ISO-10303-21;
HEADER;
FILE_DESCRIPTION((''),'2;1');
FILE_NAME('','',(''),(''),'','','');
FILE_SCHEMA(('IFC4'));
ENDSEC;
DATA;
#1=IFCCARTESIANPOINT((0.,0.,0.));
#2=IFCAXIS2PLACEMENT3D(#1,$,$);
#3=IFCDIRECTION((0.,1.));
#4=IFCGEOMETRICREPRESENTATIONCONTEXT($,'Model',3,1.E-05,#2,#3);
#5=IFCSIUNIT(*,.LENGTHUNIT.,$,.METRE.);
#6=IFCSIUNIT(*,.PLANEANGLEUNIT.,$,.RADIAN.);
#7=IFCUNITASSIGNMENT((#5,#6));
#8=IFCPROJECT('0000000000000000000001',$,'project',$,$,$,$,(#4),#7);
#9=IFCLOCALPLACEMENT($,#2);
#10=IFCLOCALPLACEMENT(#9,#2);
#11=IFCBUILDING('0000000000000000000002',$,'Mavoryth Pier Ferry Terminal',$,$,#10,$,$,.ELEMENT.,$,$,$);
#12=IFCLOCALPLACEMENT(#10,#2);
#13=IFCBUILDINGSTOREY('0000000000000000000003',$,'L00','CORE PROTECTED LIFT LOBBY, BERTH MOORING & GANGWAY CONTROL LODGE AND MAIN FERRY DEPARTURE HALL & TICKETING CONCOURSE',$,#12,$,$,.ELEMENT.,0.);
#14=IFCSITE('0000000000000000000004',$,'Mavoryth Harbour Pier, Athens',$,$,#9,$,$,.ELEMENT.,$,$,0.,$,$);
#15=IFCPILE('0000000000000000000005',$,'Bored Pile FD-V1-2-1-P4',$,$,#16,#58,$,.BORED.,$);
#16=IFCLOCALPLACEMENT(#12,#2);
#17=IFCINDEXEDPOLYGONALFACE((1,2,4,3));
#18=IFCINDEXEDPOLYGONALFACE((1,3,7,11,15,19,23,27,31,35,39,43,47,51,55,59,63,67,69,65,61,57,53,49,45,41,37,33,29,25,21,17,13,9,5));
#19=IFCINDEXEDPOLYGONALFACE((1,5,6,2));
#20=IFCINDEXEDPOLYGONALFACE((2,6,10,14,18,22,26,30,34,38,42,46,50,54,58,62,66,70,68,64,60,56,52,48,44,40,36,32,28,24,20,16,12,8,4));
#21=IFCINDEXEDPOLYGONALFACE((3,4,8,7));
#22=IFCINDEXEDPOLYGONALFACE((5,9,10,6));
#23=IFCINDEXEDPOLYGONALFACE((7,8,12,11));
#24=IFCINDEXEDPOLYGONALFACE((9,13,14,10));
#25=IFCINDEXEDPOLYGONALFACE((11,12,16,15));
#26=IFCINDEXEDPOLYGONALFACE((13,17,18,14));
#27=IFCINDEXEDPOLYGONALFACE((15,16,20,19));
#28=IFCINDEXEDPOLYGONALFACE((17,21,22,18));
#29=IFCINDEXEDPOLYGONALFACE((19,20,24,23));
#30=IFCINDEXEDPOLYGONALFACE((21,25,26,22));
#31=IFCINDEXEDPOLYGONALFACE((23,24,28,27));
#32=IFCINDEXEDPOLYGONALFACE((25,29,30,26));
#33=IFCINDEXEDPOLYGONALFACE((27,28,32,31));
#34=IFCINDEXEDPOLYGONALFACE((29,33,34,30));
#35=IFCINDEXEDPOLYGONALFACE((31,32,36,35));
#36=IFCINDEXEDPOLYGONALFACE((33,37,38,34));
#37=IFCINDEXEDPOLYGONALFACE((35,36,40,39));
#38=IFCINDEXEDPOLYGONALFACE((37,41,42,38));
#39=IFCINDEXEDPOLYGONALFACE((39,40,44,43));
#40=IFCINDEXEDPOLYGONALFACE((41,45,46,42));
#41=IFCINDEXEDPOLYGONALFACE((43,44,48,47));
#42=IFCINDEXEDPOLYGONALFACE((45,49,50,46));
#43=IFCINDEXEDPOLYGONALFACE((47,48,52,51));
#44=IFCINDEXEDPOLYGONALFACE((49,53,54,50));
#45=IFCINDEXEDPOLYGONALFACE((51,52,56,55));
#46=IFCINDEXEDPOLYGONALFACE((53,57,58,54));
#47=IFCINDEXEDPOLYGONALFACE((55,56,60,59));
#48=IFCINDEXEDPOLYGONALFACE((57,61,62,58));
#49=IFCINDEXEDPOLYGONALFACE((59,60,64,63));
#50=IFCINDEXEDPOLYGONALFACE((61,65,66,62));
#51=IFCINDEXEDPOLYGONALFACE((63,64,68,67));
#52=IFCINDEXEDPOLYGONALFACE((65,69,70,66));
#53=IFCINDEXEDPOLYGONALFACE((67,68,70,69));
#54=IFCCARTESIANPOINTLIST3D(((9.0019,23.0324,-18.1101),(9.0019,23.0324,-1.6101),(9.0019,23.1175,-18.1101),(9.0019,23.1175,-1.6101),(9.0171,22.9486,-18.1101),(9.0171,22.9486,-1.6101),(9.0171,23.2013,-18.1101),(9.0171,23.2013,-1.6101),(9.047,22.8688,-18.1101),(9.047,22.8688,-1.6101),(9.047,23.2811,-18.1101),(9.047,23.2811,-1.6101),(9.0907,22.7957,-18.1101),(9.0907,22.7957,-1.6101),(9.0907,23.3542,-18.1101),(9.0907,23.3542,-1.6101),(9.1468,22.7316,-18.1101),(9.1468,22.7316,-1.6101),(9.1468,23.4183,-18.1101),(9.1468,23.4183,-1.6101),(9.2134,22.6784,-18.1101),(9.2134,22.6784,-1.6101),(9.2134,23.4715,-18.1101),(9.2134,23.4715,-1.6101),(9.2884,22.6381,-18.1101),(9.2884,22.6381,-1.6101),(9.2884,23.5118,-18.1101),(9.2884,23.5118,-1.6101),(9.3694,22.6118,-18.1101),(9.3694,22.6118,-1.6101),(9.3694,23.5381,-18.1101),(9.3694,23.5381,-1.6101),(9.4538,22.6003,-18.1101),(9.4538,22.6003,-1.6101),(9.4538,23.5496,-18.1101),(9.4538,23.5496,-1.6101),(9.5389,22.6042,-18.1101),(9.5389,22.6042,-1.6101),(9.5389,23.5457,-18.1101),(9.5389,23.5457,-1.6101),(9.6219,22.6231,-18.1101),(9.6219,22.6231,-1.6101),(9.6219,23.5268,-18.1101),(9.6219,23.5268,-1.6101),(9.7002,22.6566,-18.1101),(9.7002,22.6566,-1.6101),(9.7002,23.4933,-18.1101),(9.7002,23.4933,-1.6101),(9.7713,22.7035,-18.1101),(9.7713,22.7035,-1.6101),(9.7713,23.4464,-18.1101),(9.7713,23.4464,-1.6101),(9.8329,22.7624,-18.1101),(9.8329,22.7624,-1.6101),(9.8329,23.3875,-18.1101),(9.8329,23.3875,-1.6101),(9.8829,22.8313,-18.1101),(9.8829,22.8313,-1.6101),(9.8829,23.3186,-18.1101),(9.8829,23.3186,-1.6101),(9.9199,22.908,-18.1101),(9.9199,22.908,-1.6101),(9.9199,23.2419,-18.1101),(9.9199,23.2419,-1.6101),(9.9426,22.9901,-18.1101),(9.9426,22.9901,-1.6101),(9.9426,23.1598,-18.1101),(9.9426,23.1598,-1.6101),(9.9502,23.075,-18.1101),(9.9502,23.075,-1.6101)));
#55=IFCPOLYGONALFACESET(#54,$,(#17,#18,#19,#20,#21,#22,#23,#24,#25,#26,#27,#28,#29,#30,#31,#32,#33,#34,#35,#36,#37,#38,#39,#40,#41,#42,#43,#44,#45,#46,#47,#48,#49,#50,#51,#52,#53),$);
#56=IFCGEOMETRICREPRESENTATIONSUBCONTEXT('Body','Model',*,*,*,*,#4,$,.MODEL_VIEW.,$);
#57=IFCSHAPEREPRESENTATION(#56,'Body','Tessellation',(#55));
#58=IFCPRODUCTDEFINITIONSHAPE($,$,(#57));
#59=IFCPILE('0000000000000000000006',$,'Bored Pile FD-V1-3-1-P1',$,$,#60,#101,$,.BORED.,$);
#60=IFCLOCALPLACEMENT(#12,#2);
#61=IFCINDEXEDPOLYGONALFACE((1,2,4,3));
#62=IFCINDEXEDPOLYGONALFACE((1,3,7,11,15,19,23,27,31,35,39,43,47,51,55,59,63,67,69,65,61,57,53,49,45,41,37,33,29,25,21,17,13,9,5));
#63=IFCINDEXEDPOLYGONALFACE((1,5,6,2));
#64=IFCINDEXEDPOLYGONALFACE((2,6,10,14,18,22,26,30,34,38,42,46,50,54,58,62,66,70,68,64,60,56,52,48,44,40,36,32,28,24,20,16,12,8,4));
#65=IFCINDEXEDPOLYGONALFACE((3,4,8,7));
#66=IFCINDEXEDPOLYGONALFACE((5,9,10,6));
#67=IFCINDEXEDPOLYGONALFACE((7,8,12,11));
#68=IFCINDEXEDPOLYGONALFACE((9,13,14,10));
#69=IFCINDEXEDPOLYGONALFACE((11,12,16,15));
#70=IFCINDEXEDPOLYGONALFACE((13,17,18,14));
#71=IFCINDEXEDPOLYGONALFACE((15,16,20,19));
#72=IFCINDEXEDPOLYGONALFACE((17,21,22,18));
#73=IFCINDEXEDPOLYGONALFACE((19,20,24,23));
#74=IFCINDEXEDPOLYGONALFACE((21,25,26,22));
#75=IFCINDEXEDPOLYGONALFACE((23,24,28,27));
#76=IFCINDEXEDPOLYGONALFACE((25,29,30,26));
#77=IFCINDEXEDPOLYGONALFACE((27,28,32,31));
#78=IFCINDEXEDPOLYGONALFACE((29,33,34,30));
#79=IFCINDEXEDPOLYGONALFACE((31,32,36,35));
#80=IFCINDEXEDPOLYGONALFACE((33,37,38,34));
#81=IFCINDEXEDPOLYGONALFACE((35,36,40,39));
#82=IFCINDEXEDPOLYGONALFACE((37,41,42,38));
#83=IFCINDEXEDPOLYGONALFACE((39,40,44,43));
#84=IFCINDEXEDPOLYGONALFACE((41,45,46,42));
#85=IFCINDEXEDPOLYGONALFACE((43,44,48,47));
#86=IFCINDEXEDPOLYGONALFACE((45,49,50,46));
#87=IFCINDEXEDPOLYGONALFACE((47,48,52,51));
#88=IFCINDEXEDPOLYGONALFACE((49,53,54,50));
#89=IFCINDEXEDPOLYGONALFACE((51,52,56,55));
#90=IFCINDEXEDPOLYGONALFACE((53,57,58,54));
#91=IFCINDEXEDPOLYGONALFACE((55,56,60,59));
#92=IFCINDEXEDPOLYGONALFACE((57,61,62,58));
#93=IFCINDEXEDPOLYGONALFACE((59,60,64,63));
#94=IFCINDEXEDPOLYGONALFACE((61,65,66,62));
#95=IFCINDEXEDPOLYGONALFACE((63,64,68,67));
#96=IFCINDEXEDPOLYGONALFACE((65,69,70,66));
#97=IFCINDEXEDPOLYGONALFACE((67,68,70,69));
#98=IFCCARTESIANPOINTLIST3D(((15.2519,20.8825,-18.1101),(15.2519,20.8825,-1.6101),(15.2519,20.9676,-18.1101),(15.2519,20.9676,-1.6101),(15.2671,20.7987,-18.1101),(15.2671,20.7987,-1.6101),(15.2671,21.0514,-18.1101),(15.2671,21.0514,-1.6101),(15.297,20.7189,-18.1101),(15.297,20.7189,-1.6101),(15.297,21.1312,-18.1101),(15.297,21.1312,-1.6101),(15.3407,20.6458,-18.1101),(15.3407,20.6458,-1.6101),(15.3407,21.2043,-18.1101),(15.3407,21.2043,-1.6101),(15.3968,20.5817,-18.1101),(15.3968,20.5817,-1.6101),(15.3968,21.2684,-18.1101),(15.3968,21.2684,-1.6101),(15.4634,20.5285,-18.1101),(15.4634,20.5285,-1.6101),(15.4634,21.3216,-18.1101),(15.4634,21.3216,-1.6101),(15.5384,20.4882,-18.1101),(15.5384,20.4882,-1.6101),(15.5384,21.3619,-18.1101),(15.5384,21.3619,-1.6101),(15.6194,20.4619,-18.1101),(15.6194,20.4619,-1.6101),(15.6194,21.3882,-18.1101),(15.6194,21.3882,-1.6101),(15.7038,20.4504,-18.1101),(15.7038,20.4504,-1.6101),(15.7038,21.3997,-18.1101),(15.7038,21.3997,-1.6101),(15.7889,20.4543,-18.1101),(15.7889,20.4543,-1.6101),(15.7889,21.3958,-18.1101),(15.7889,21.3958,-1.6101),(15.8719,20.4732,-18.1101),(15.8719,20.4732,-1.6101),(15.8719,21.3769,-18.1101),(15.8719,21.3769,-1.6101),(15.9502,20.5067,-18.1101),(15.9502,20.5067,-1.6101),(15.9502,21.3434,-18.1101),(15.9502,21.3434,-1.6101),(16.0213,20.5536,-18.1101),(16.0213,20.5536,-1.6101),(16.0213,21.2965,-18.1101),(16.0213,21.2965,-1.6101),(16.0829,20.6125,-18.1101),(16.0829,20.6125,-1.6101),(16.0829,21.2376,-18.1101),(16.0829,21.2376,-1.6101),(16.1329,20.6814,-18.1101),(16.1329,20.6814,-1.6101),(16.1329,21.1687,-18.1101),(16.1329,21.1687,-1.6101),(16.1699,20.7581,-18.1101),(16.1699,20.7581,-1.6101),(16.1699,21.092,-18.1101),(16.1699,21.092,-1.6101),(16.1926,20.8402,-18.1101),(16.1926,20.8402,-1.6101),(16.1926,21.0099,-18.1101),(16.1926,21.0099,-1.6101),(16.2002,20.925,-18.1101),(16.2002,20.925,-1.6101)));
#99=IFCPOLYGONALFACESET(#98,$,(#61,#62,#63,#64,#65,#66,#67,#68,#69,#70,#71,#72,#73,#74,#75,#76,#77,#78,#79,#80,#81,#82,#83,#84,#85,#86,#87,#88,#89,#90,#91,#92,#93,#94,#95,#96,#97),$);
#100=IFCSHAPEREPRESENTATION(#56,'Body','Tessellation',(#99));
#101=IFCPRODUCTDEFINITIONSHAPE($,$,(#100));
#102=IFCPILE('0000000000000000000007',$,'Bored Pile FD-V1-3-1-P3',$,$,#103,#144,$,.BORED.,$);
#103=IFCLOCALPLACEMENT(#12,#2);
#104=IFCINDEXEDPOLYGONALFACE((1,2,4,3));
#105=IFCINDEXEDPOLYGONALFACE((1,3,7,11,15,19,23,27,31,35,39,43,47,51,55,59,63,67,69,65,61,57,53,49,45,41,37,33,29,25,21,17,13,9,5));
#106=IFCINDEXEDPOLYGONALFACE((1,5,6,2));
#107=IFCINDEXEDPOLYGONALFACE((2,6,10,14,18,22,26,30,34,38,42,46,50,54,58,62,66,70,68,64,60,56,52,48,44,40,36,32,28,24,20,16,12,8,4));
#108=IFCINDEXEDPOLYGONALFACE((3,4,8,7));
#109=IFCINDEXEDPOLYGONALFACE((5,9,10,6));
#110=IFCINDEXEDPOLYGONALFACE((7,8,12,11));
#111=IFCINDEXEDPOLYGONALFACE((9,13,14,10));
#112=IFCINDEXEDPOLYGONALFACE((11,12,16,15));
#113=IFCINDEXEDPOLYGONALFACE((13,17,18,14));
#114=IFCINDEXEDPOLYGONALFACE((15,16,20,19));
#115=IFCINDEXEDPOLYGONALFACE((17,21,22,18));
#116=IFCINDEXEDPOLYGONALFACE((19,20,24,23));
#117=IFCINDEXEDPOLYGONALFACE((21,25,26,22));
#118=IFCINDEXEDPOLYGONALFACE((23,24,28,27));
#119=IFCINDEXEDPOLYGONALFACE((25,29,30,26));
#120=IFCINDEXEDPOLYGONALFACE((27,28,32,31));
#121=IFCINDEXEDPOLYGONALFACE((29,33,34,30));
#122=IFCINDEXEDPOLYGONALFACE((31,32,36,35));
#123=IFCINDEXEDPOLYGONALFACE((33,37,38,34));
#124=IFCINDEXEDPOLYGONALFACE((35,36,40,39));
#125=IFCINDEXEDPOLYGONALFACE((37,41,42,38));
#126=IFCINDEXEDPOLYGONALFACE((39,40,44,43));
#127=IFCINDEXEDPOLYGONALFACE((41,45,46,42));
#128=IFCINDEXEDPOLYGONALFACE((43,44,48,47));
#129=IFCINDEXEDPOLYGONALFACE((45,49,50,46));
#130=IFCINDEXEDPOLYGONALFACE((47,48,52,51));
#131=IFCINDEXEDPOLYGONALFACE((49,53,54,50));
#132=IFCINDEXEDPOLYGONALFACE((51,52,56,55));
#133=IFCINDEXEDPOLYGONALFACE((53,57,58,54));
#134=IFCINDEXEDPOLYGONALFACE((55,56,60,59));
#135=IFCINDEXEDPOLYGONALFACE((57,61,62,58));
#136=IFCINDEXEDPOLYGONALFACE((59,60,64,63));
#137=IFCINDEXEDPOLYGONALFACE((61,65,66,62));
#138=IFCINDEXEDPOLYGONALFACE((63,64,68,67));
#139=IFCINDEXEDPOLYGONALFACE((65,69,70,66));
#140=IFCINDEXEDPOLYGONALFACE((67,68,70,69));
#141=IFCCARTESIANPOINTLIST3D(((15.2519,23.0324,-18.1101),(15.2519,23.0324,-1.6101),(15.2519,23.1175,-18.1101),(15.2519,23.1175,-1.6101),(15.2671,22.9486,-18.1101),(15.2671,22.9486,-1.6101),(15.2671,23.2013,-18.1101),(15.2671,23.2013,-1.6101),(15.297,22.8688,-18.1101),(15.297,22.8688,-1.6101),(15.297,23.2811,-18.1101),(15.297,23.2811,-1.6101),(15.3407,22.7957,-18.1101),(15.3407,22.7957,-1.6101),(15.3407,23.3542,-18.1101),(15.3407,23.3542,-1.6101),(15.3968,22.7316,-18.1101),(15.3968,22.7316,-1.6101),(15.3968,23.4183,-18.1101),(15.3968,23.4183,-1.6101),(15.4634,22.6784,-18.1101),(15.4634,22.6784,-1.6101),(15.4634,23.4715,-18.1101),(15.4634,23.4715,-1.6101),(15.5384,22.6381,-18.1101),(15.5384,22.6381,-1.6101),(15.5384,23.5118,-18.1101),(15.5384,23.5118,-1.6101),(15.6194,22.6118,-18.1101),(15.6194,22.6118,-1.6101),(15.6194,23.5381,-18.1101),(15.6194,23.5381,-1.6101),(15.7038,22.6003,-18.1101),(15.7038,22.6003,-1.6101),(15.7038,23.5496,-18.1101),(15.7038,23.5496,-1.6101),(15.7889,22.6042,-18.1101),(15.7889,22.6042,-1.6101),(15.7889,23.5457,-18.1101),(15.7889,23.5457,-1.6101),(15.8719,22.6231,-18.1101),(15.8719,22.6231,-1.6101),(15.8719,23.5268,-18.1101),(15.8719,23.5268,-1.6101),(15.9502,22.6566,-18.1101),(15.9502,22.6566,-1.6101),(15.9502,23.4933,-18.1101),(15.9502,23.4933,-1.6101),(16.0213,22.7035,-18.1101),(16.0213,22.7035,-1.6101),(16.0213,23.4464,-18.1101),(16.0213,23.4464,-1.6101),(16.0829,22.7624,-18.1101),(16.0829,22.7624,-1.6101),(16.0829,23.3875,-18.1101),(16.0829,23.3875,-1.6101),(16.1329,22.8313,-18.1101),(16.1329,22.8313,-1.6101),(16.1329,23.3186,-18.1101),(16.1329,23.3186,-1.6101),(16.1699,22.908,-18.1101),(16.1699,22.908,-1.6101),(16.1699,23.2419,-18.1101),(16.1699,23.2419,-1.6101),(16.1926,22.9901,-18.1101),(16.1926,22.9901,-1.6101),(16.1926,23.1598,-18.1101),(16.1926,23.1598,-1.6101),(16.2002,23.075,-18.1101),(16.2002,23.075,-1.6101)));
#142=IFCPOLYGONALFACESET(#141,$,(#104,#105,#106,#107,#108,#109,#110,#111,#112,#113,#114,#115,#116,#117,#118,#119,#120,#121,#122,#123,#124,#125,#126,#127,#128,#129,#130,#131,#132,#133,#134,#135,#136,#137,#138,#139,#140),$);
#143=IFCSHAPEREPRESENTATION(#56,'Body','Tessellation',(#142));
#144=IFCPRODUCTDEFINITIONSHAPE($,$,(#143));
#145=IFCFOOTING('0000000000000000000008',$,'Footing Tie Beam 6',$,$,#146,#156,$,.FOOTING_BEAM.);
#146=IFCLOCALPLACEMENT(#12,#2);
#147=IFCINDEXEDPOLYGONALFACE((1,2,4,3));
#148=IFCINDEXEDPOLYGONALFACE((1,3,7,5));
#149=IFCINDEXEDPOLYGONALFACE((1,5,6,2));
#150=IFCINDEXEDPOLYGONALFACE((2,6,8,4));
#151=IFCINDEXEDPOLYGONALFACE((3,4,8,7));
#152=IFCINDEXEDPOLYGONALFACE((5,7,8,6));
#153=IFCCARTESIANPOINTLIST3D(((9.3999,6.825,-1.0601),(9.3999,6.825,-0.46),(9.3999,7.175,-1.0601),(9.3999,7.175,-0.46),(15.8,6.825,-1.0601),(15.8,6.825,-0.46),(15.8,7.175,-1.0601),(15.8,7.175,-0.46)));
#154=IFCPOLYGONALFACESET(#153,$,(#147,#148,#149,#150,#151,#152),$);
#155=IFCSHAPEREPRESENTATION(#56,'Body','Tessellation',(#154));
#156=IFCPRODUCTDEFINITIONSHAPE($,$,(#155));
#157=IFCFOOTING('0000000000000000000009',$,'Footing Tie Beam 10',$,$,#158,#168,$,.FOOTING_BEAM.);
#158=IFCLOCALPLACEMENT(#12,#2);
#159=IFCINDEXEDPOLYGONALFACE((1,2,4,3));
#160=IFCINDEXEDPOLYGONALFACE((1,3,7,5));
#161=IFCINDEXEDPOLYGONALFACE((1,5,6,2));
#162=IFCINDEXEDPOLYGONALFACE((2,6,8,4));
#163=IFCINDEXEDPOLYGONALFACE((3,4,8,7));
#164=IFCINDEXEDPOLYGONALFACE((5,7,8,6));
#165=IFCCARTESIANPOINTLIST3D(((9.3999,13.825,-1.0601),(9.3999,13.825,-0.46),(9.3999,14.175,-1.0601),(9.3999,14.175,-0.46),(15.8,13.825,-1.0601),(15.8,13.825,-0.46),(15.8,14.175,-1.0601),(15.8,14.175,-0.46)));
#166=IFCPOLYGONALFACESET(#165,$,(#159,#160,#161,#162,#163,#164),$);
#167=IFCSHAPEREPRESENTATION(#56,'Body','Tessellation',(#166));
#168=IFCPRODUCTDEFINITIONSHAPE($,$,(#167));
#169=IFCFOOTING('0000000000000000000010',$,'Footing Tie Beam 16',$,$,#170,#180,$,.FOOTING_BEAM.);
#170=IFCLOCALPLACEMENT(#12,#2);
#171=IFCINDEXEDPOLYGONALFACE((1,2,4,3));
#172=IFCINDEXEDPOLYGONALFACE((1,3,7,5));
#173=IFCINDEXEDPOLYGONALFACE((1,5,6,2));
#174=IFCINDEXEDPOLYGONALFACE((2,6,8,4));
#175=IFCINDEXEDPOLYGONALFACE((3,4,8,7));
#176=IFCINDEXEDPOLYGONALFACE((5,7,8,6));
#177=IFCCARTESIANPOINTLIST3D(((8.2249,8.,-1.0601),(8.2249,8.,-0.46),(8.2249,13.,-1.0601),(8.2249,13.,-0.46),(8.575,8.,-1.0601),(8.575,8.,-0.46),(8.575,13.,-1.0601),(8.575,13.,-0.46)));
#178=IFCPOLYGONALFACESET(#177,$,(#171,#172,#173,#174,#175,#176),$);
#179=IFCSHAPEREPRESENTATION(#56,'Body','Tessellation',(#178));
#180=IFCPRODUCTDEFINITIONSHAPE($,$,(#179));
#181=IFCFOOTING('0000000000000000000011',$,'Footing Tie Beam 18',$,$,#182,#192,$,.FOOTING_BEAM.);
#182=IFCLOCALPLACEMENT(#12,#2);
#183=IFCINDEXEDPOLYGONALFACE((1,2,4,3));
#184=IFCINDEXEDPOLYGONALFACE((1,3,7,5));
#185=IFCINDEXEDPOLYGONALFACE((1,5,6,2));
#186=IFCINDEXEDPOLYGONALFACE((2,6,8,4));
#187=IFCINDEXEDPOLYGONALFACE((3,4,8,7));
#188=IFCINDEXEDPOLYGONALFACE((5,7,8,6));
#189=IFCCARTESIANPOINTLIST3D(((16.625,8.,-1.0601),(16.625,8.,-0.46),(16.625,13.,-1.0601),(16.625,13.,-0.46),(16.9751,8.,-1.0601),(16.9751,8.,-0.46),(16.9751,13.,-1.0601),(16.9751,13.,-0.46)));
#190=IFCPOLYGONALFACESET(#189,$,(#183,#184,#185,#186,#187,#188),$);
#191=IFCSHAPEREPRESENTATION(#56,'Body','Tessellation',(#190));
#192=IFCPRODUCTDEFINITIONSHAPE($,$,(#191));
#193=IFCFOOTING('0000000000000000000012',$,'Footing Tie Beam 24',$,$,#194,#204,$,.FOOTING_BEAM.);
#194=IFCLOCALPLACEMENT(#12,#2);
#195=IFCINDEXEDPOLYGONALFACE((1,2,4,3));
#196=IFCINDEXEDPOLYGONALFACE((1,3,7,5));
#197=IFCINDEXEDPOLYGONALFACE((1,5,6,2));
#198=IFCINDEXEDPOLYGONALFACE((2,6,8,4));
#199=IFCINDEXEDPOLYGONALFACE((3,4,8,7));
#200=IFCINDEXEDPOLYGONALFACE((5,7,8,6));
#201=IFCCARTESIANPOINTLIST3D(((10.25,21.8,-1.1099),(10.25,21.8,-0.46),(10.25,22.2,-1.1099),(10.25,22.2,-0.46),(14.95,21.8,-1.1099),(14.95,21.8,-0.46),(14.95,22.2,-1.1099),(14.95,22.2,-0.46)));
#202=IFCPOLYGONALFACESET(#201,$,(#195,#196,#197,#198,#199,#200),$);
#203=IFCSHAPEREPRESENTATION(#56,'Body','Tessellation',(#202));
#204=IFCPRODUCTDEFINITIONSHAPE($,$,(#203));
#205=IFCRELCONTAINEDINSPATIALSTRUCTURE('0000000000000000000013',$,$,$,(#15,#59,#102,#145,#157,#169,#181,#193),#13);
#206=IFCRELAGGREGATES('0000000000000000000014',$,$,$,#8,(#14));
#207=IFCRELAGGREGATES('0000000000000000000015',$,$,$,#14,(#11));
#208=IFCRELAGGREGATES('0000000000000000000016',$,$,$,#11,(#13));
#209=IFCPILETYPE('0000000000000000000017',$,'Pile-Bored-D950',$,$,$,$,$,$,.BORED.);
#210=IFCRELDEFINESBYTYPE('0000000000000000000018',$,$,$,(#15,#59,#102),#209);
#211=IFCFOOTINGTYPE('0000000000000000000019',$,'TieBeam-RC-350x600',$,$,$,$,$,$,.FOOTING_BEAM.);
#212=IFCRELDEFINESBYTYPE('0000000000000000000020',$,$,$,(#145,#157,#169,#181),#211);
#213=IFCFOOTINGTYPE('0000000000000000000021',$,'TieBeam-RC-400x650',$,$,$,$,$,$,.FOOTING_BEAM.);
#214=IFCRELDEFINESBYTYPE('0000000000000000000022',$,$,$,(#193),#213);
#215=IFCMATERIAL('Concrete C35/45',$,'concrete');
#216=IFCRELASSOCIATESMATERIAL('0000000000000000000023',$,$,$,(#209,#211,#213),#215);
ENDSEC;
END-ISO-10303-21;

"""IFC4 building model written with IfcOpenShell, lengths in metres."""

from ifc_helpers import new_model, si_unit, direction, frame, origin, origin_2d, place, context, subcontext, project, spatial, rectangle, circle, extrude, material, material_profile, profile_set, type_object, element, save


model = new_model("IFC4")

# Units and contexts
model_context = context("Model", 3, precision=1e-05, world=origin(), true_north=direction((0.0, 1.0)))
body_context = subcontext(model_context, "Body", "Model", "MODEL_VIEW")
ifc_project = project(units=[si_unit("LENGTHUNIT", "METRE"), si_unit("PLANEANGLEUNIT", "RADIAN")], contexts=[model_context])

# Site, building, storey
site_placement = place(None, origin())
site = spatial("IfcSite", under=ifc_project, at=site_placement, Name="Mavoryth Harbour Pier, Athens", CompositionType="ELEMENT", RefElevation=0.0)
building_placement = place(site_placement, origin())
building = spatial("IfcBuilding", under=site, at=building_placement, Name="Mavoryth Pier Ferry Terminal", CompositionType="ELEMENT")
storey_placement = place(building_placement, origin())
storey = spatial("IfcBuildingStorey", under=building, at=storey_placement, Name="L00", Description="CORE PROTECTED LIFT LOBBY, BERTH MOORING & GANGWAY CONTROL LODGE AND MAIN FERRY DEPARTURE HALL & TICKETING CONCOURSE", CompositionType="ELEMENT", Elevation=0.0)

# Shared definitions
ifc_material_1 = material(Name="Concrete C35/45", Category="concrete")

# Piles
ifc_material_profile_1 = material_profile(ifc_material_1, circle(Radius=0.4751, at=origin_2d()), Name="PILE D950", Category="concrete")
ifc_profile_set_1 = profile_set([ifc_material_profile_1], Name="Concrete C35/45 - PILE D950")
pile_type = type_object("IfcPileType", Name="Pile-Bored-D950", PredefinedType="BORED", material=ifc_profile_set_1)
for number, where, z_axis, x_axis, name in (
    (1, (9.4751, 23.075, -1.6101), (0.0, 0.0, -1.0), (1.0, 0.0, 0.0), "Bored Pile FD-V1-2-1-P4"),
    (2, (15.7251, 20.925, -1.6101), (0.0, 0.0, -1.0), (1.0, 0.0, 0.0), "Bored Pile FD-V1-3-1-P1"),
    (3, (15.7251, 23.075, -1.6101), (0.0, 0.0, -1.0), (1.0, 0.0, 0.0), "Bored Pile FD-V1-3-1-P3"),
):
    element("IfcPile", number, at=place(storey_placement, frame(where, z_axis=z_axis, x_axis=x_axis)), inside=storey, type_object=pile_type, Name=name, PredefinedType="BORED", context=body_context, shape_type="SweptSolid", body=[
        extrude(circle(Radius=0.4751, at=origin_2d()), origin(), (0.0, 0.0, 1.0), 16.5),
    ])

# Footings
ifc_material_profile_2 = material_profile(ifc_material_1, rectangle(XDim=0.3501, YDim=0.6001, at=origin_2d()), Name="RC 350x600", Category="concrete")
ifc_profile_set_2 = profile_set([ifc_material_profile_2], Name="Concrete C35/45 - RC 350x600")
footing_type_1 = type_object("IfcFootingType", Name="TieBeam-RC-350x600", PredefinedType="FOOTING_BEAM", material=ifc_profile_set_2)
for number, where, z_axis, x_axis, name in (
    (4, (9.3999, 7.0, -0.76), (1.0, 0.0, 0.0), (0.0, 1.0, 0.0), "Footing Tie Beam 6"),
    (5, (9.3999, 14.0, -0.76), (1.0, 0.0, 0.0), (0.0, 1.0, 0.0), "Footing Tie Beam 10"),
):
    element("IfcFooting", number, at=place(storey_placement, frame(where, z_axis=z_axis, x_axis=x_axis)), inside=storey, type_object=footing_type_1, Name=name, PredefinedType="FOOTING_BEAM", context=body_context, shape_type="SweptSolid", body=[
        extrude(rectangle(XDim=0.3501, YDim=0.6001, at=origin_2d()), origin(), (0.0, 0.0, 1.0), 6.4001),
    ])
for number, where, z_axis, x_axis, name in (
    (6, (8.3999, 8.0, -0.76), (0.0, 1.0, 0.0), (-1.0, 0.0, 0.0), "Footing Tie Beam 16"),
    (7, (16.8, 8.0, -0.76), (0.0, 1.0, 0.0), (-1.0, 0.0, 0.0), "Footing Tie Beam 18"),
):
    element("IfcFooting", number, at=place(storey_placement, frame(where, z_axis=z_axis, x_axis=x_axis)), inside=storey, type_object=footing_type_1, Name=name, PredefinedType="FOOTING_BEAM", context=body_context, shape_type="SweptSolid", body=[
        extrude(rectangle(XDim=0.3501, YDim=0.6001, at=origin_2d()), origin(), (0.0, 0.0, 1.0), 5.0),
    ])
ifc_material_profile_3 = material_profile(ifc_material_1, rectangle(XDim=0.3999, YDim=0.6499, at=origin_2d()), Name="RC 400x650", Category="concrete")
ifc_profile_set_3 = profile_set([ifc_material_profile_3], Name="Concrete C35/45 - RC 400x650")
footing_type_2 = type_object("IfcFootingType", Name="TieBeam-RC-400x650", PredefinedType="FOOTING_BEAM", material=ifc_profile_set_3)
for number, where, z_axis, x_axis, name in (
    (8, (10.25, 22.0, -0.7849), (1.0, 0.0, 0.0), (0.0, 1.0, 0.0), "Footing Tie Beam 24"),
):
    element("IfcFooting", number, at=place(storey_placement, frame(where, z_axis=z_axis, x_axis=x_axis)), inside=storey, type_object=footing_type_2, Name=name, PredefinedType="FOOTING_BEAM", context=body_context, shape_type="SweptSolid", body=[
        extrude(rectangle(XDim=0.3999, YDim=0.6499, at=origin_2d()), origin(), (0.0, 0.0, 1.0), 4.7),
    ])

save(model, "model.ifc")
